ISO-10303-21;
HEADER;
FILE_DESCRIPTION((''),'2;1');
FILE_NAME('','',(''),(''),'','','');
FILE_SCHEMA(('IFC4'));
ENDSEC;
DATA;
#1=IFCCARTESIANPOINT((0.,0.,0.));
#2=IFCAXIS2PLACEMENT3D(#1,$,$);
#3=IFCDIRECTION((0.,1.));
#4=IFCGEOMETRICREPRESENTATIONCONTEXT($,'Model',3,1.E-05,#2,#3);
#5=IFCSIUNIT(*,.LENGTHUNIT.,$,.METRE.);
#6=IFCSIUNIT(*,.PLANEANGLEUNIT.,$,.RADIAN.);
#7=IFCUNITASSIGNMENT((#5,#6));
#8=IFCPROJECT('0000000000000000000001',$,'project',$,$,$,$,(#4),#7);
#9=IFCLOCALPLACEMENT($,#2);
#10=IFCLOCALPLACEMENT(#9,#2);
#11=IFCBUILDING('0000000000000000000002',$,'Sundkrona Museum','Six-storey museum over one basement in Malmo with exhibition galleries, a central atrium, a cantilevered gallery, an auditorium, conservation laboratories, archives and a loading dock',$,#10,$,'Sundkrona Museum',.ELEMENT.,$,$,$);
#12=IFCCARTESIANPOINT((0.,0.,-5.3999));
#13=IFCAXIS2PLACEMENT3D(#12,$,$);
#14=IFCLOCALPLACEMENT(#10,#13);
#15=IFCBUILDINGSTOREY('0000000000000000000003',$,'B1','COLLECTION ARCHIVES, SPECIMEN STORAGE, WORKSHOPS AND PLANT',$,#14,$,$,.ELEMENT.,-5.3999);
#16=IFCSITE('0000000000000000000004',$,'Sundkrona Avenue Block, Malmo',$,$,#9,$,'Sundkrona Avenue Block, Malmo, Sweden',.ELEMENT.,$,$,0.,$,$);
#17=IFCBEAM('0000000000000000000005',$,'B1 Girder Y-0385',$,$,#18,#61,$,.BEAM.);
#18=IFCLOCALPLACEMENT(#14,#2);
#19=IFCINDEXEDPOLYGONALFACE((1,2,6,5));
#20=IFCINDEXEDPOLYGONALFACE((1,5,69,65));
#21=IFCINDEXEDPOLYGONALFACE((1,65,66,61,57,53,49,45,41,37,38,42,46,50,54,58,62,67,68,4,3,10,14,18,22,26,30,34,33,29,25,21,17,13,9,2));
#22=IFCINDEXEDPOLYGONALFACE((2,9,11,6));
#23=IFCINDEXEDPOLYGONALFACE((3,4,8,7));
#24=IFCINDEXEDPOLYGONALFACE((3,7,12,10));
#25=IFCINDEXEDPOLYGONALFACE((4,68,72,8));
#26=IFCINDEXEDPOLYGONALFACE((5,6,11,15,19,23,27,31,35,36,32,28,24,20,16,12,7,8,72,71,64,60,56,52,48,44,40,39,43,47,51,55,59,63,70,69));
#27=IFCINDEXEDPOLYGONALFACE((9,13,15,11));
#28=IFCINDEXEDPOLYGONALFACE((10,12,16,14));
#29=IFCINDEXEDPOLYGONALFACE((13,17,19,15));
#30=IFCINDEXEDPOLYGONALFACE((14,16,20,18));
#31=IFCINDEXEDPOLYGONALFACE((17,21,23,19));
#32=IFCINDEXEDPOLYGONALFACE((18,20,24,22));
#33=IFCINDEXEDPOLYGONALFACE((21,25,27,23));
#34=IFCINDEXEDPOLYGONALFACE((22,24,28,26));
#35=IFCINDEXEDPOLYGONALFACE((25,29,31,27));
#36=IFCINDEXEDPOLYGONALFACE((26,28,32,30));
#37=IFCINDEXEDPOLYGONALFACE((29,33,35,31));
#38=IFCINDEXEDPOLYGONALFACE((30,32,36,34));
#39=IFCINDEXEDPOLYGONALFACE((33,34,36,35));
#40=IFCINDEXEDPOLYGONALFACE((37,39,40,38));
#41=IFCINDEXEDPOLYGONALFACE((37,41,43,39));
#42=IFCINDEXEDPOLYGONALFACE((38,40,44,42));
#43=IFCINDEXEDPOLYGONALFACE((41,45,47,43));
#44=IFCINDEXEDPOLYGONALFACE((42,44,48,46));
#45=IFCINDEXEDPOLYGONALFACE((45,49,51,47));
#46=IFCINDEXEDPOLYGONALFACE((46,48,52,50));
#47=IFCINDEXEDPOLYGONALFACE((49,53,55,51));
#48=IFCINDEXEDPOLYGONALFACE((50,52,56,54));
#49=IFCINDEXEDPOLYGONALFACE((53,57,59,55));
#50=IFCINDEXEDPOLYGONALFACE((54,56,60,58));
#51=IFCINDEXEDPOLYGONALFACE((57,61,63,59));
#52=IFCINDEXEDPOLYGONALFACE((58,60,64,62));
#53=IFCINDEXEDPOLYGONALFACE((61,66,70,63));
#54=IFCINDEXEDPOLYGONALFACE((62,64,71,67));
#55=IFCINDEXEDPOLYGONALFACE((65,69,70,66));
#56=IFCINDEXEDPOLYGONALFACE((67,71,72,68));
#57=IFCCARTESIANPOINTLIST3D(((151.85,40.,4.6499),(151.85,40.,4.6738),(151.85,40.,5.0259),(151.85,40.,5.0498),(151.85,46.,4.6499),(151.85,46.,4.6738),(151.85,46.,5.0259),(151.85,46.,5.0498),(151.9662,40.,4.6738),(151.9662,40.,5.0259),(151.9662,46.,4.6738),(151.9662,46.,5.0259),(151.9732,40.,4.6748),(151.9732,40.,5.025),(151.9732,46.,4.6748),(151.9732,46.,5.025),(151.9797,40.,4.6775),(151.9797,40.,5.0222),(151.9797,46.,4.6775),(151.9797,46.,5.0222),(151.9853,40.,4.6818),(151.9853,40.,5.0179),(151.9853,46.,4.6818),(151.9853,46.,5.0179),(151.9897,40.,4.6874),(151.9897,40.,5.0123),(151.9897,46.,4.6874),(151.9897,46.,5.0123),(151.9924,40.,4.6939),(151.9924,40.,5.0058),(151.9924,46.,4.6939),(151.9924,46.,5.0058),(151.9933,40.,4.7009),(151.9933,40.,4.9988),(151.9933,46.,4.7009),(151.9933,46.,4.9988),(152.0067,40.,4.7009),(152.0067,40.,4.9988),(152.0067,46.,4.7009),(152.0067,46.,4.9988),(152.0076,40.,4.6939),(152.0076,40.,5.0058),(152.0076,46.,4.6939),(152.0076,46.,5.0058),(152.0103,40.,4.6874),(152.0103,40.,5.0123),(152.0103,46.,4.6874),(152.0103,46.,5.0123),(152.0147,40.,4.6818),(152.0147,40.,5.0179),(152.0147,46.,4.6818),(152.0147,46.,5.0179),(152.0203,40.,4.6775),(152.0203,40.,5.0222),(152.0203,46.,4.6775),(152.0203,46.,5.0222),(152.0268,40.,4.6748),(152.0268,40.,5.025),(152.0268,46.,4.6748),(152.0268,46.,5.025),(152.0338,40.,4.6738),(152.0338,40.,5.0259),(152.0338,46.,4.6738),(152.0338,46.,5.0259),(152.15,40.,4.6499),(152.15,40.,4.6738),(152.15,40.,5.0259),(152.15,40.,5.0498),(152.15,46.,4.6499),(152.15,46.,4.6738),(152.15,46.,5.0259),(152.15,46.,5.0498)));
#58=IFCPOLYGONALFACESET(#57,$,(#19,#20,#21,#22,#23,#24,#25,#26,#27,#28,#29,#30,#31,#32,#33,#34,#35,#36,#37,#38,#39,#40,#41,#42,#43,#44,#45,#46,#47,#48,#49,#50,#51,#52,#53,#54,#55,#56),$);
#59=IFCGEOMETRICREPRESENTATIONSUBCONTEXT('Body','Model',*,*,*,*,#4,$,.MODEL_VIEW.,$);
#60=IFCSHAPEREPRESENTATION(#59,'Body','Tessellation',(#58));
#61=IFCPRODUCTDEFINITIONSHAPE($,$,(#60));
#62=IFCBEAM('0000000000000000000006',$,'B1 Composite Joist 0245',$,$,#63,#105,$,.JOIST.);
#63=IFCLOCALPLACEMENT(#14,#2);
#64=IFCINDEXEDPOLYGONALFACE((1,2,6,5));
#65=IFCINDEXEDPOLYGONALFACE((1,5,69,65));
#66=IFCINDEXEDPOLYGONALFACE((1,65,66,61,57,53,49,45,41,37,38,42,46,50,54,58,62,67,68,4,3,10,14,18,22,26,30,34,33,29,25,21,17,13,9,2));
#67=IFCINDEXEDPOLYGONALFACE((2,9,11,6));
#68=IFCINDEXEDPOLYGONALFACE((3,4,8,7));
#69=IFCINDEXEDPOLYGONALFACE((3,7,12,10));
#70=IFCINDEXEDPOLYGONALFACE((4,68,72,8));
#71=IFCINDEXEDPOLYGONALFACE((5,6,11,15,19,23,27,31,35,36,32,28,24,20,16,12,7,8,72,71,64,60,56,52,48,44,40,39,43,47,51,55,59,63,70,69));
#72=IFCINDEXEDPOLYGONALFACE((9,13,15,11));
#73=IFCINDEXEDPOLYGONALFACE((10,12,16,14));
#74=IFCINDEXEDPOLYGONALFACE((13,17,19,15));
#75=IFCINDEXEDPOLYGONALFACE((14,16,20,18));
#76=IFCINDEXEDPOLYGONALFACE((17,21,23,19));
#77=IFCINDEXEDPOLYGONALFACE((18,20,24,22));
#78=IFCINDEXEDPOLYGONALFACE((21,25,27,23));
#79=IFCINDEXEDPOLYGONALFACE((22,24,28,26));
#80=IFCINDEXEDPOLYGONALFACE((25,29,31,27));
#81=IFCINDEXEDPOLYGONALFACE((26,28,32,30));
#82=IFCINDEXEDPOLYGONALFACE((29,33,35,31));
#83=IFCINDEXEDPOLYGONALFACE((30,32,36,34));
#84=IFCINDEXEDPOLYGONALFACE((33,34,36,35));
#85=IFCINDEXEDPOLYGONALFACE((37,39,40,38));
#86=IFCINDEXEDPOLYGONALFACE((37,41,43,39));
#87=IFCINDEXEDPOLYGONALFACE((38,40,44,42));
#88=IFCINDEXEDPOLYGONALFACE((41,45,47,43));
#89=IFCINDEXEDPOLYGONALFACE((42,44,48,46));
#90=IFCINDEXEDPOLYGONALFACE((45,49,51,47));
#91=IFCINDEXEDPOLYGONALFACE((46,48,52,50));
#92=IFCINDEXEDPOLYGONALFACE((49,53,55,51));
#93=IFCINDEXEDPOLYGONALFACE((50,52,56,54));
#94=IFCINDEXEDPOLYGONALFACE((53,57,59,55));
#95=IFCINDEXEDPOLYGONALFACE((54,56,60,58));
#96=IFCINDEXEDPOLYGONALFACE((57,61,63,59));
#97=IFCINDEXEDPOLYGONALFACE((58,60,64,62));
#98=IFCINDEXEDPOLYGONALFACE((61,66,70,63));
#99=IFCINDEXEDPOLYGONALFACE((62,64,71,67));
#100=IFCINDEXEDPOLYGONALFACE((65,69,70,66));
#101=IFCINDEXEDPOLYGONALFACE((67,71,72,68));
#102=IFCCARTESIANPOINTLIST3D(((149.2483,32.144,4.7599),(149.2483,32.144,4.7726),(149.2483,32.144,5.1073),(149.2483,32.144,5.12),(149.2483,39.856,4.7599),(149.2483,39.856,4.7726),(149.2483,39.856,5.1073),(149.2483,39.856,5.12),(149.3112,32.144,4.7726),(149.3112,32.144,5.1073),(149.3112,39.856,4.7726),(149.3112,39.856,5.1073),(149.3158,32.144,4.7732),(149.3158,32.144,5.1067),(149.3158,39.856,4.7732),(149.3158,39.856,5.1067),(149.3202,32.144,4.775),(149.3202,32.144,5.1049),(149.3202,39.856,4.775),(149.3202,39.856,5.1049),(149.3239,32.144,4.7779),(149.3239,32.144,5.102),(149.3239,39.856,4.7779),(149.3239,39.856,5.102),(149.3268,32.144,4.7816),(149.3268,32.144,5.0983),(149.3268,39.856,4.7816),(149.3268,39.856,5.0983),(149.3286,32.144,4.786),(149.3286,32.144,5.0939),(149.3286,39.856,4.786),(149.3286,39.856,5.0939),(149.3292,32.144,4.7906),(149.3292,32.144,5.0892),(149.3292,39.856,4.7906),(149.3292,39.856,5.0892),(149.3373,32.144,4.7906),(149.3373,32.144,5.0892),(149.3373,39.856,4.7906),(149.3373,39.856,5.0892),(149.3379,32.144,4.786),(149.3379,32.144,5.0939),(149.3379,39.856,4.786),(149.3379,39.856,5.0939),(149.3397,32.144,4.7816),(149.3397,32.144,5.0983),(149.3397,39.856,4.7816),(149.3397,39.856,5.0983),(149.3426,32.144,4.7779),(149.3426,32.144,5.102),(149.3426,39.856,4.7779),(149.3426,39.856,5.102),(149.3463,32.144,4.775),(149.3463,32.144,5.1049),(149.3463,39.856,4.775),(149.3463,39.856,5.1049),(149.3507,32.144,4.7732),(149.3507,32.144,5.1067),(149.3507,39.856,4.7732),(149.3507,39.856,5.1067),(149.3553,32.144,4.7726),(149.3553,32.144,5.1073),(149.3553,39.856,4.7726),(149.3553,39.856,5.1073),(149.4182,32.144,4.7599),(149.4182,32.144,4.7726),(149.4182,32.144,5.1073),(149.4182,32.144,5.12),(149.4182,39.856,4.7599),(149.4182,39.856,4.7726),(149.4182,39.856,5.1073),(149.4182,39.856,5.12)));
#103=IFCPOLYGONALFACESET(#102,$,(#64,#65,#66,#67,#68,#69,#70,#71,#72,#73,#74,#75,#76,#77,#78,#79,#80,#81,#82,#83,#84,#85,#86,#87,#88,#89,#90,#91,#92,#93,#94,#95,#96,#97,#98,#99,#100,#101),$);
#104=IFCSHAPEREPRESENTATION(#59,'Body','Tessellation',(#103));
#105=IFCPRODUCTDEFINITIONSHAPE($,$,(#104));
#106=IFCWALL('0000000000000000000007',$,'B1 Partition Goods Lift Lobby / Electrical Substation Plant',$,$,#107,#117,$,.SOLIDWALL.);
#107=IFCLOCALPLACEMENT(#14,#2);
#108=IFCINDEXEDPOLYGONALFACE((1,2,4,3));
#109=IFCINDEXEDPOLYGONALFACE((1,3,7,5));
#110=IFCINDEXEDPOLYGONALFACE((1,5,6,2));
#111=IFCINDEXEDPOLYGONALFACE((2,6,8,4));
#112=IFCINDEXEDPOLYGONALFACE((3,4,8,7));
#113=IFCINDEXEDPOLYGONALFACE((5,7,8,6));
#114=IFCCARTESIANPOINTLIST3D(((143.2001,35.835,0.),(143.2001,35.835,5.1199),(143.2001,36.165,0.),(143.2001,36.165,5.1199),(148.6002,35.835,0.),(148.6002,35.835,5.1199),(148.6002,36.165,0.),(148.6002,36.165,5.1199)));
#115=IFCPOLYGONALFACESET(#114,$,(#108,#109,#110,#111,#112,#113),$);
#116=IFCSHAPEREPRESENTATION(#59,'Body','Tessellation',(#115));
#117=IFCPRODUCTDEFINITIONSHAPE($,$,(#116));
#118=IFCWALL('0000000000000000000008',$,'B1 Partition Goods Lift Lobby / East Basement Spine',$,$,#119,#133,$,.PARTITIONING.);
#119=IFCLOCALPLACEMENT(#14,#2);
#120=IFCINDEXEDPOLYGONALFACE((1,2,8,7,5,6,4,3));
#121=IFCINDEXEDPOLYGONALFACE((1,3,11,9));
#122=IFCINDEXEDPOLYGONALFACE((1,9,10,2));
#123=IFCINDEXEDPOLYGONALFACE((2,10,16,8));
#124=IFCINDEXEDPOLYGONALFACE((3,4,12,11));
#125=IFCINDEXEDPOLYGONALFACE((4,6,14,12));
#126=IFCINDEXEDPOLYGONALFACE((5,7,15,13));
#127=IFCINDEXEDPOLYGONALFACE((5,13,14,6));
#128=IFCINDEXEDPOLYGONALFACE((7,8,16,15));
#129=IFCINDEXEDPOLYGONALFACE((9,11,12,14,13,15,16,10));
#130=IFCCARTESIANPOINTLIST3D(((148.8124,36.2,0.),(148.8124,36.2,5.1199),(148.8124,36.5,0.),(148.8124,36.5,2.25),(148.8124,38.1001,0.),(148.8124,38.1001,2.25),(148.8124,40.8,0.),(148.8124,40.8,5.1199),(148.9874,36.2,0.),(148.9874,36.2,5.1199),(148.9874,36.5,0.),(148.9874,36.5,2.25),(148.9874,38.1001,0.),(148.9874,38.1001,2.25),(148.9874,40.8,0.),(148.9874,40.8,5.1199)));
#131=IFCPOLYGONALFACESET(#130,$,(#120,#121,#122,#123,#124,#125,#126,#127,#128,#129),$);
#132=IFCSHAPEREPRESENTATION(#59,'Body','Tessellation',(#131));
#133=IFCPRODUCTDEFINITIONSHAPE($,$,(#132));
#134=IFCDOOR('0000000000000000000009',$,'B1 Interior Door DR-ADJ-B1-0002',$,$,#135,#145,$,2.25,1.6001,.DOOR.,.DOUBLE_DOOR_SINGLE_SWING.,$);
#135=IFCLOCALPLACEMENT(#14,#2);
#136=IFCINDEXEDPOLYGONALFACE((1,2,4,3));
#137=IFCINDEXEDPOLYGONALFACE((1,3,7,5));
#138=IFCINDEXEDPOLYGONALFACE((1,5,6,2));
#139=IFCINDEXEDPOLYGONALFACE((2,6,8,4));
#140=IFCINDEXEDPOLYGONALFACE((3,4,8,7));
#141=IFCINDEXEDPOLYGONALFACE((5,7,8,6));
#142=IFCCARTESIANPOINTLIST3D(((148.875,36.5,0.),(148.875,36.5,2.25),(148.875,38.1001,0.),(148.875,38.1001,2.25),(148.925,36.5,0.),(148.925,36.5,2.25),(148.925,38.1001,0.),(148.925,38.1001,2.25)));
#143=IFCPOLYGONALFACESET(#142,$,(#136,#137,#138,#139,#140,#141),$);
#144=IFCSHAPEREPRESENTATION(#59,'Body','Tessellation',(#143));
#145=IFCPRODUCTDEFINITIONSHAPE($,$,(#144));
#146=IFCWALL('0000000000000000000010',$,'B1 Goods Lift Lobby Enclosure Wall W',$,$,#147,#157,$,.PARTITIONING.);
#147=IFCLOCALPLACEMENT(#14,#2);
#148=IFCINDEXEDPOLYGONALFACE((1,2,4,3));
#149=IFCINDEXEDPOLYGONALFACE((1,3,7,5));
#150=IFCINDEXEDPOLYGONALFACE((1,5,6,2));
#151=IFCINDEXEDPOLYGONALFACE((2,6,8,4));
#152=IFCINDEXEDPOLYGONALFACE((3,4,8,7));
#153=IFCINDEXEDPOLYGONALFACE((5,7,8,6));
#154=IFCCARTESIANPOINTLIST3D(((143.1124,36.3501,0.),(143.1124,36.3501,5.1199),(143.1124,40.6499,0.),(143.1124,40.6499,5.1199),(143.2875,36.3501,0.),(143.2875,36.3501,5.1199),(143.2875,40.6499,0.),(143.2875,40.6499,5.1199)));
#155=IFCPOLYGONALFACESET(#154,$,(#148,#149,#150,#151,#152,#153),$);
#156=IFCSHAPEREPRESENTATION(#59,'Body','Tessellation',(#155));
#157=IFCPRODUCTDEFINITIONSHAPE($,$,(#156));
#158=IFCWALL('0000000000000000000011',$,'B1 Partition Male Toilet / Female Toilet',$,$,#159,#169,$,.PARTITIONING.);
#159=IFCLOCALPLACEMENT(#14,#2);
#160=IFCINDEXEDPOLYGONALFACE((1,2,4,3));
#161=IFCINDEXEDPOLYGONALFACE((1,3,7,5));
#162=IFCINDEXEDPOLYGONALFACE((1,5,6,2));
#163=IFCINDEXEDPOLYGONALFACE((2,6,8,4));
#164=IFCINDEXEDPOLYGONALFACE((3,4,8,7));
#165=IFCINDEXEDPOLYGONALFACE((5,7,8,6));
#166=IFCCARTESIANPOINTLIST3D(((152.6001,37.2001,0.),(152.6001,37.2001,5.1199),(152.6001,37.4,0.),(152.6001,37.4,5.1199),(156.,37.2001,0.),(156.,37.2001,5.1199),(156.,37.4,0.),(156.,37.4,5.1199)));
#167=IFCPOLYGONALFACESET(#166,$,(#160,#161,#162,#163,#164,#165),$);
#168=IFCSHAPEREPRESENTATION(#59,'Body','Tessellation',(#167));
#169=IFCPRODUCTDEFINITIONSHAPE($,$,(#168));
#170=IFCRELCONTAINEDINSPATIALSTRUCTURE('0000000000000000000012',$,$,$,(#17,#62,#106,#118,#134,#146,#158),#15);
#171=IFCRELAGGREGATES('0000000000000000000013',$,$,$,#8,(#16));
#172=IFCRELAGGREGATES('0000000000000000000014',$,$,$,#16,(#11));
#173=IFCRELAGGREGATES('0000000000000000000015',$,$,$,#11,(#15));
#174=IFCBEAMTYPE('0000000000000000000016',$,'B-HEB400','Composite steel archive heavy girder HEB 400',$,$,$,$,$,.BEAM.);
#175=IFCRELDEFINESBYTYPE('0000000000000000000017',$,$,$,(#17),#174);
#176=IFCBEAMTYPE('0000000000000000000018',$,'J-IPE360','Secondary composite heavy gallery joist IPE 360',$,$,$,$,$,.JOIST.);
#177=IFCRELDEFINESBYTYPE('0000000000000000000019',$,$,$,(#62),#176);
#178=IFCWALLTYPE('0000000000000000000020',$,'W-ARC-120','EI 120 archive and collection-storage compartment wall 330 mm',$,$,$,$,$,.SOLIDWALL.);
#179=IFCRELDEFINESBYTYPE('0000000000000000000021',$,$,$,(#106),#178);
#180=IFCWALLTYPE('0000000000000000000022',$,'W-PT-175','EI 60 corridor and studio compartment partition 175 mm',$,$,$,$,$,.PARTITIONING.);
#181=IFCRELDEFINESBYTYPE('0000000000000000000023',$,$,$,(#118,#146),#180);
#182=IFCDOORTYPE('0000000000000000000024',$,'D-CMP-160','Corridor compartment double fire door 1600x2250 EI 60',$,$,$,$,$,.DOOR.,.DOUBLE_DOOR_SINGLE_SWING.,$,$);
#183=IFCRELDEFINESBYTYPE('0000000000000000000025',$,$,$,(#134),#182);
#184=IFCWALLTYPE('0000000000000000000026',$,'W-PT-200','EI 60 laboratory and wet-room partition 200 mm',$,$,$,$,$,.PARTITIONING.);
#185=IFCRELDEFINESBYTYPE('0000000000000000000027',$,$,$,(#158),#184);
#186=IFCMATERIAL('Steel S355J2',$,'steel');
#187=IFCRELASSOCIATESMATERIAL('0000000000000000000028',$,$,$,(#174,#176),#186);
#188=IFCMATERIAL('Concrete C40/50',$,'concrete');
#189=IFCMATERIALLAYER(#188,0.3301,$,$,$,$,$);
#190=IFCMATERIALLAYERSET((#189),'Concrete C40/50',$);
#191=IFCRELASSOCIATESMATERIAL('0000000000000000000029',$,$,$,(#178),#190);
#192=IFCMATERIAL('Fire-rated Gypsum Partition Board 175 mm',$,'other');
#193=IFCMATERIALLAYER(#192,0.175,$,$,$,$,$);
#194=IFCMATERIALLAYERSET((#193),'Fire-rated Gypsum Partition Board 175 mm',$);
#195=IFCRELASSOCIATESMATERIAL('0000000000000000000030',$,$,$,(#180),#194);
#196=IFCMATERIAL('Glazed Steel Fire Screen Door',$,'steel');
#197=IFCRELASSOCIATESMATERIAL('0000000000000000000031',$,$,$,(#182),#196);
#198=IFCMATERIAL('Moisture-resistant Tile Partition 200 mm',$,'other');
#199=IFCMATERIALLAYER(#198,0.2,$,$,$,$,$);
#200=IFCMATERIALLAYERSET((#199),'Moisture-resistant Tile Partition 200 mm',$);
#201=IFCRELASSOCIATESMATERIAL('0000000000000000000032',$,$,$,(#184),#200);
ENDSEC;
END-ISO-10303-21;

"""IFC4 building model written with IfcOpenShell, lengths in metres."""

from ifc_helpers import new_model, si_unit, direction, frame, frame_2d, origin, origin_2d, place, context, subcontext, project, spatial, rectangle, i_section, extrude, material, layer, layer_set, material_profile, profile_set, type_object, element, fill, save


model = new_model("IFC4")

# Units and contexts
model_context = context("Model", 3, precision=1e-05, world=origin(), true_north=direction((0.0, 1.0)))
body_context = subcontext(model_context, "Body", "Model", "MODEL_VIEW")
ifc_project = project(units=[si_unit("LENGTHUNIT", "METRE"), si_unit("PLANEANGLEUNIT", "RADIAN")], contexts=[model_context])

# Site, building, storey
site_placement = place(None, origin())
site = spatial("IfcSite", under=ifc_project, at=site_placement, Name="Sundkrona Avenue Block, Malmo", LongName="Sundkrona Avenue Block, Malmo, Sweden", CompositionType="ELEMENT", RefElevation=0.0)
building_placement = place(site_placement, origin())
building = spatial("IfcBuilding", under=site, at=building_placement, Name="Sundkrona Museum", Description="Six-storey museum over one basement in Malmo with exhibition galleries, a central atrium, a cantilevered gallery, an auditorium, conservation laboratories, archives and a loading dock", LongName="Sundkrona Museum", CompositionType="ELEMENT")
storey_placement = place(building_placement, frame((0.0, 0.0, -5.3999)))
storey = spatial("IfcBuildingStorey", under=building, at=storey_placement, Name="B1", Description="COLLECTION ARCHIVES, SPECIMEN STORAGE, WORKSHOPS AND PLANT", CompositionType="ELEMENT", Elevation=-5.3999)

# Shared definitions
ifc_material_1 = material(Name="Concrete C40/50", Category="concrete")

# Beams
ifc_material_2 = material(Name="Steel S355J2", Category="steel")
ifc_material_profile_1 = material_profile(ifc_material_2, i_section(OverallWidth=0.3, OverallDepth=0.3999, WebThickness=0.0134, FlangeThickness=0.0239, FilletRadius=0.0271, at=origin_2d()), Name="HEB 400")
ifc_profile_set_1 = profile_set([ifc_material_profile_1], Name="Steel S355J2")
beam_type_1 = type_object("IfcBeamType", Name="B-HEB400", Description="Composite steel archive heavy girder HEB 400", PredefinedType="BEAM", material=ifc_profile_set_1)
for number, where, z_axis, x_axis, name in (
    (1, (152.0, 40.0, 4.8499), (0.0, 1.0, 0.0), (-1.0, 0.0, 0.0), "B1 Girder Y-0385"),
):
    element("IfcBeam", number, at=place(storey_placement, frame(where, z_axis=z_axis, x_axis=x_axis)), inside=storey, type_object=beam_type_1, Name=name, PredefinedType="BEAM", context=body_context, shape_type="SweptSolid", body=[
        extrude(i_section(OverallWidth=0.3, OverallDepth=0.3999, WebThickness=0.0134, FlangeThickness=0.0239, FilletRadius=0.0271, at=origin_2d()), origin(), (0.0, 0.0, 1.0), 6.0),
    ])
ifc_material_profile_2 = material_profile(ifc_material_2, i_section(OverallWidth=0.1699, OverallDepth=0.3601, WebThickness=0.0081, FlangeThickness=0.0127, FilletRadius=0.0181, at=origin_2d()), Name="IPE 360")
ifc_profile_set_2 = profile_set([ifc_material_profile_2], Name="Steel S355J2")
beam_type_2 = type_object("IfcBeamType", Name="J-IPE360", Description="Secondary composite heavy gallery joist IPE 360", PredefinedType="JOIST", material=ifc_profile_set_2)
beam_1_placement = place(storey_placement, frame((149.3333, 32.144, 4.9399), z_axis=(0.0, 1.0, 0.0), x_axis=(-1.0, 0.0, 0.0)))
element("IfcBeam", 2, at=beam_1_placement, inside=storey, type_object=beam_type_2, Name="B1 Composite Joist 0245", PredefinedType="JOIST", context=body_context, shape_type="SweptSolid", body=[
    extrude(i_section(OverallWidth=0.1699, OverallDepth=0.3601, WebThickness=0.0081, FlangeThickness=0.0127, FilletRadius=0.0181, at=origin_2d()), origin(), (0.0, 0.0, 1.0), 7.7119),
])

# Wall
ifc_layer_1 = layer(ifc_material_1, 0.3301)
ifc_layer_set_1 = layer_set([ifc_layer_1], Name="Concrete C40/50")
wall_type_1 = type_object("IfcWallType", Name="W-ARC-120", Description="EI 120 archive and collection-storage compartment wall 330 mm", PredefinedType="SOLIDWALL", material=ifc_layer_set_1)
wall_1_placement = place(storey_placement, frame((143.2, 36.0, 0.0), z_axis=(0.0, 0.0, 1.0), x_axis=(1.0, 0.0, 0.0)))
element("IfcWall", 3, at=wall_1_placement, inside=storey, type_object=wall_type_1, Name="B1 Partition Goods Lift Lobby / Electrical Substation Plant", PredefinedType="SOLIDWALL", context=body_context, shape_type="SweptSolid", body=[
    extrude(rectangle(XDim=5.4001, YDim=0.3301, at=frame_2d((2.7002, 0.0))), origin(), (0.0, 0.0, 1.0), 5.1199),
])

# Wall, opening, door
ifc_material_3 = material(Name="Fire-rated Gypsum Partition Board 175 mm", Category="other")
ifc_layer_2 = layer(ifc_material_3, 0.175)
ifc_layer_set_2 = layer_set([ifc_layer_2], Name="Fire-rated Gypsum Partition Board 175 mm")
wall_type_2 = type_object("IfcWallType", Name="W-PT-175", Description="EI 60 corridor and studio compartment partition 175 mm", PredefinedType="PARTITIONING", material=ifc_layer_set_2)
wall_2_placement = place(storey_placement, frame((148.8999, 36.2, 0.0), z_axis=(0.0, 0.0, 1.0), x_axis=(0.0, 1.0, 0.0)))
wall_2 = element("IfcWall", 4, at=wall_2_placement, inside=storey, type_object=wall_type_2, Name="B1 Partition Goods Lift Lobby / East Basement Spine", PredefinedType="PARTITIONING", context=body_context, shape_type="SweptSolid", body=[
    extrude(rectangle(XDim=4.6001, YDim=0.175, at=frame_2d((2.3, 0.0))), origin(), (0.0, 0.0, 1.0), 5.1199),
])
opening_1_placement = place(wall_2_placement, frame((0.3, 0.0, 0.0)))
opening_1 = element("IfcOpeningElement", 5, at=opening_1_placement, cuts=wall_2, PredefinedType="OPENING", context=body_context, shape_type="SweptSolid", body=[
    extrude(rectangle(XDim=1.6001, YDim=2.25, at=frame_2d((0.8, 1.125))), frame((0.0, 0.0974, 0.0), z_axis=(0.0, -1.0, 0.0), x_axis=(1.0, 0.0, 0.0)), (0.0, 0.0, 1.0), 0.1951),
])
ifc_material_4 = material(Name="Glazed Steel Fire Screen Door", Category="steel")
door_type_1 = type_object("IfcDoorType", Name="D-CMP-160", Description="Corridor compartment double fire door 1600x2250 EI 60", OperationType="DOUBLE_DOOR_SINGLE_SWING", PredefinedType="DOOR", material=ifc_material_4)
door_1_placement = place(opening_1_placement, origin())
door_1 = element("IfcDoor", 6, at=door_1_placement, inside=storey, type_object=door_type_1, Name="B1 Interior Door DR-ADJ-B1-0002", OperationType="DOUBLE_DOOR_SINGLE_SWING", OverallHeight=2.25, OverallWidth=1.6001, PredefinedType="DOOR", context=body_context, shape_type="SweptSolid", body=[
    extrude(rectangle(XDim=1.6001, YDim=2.25, at=frame_2d((0.8, 1.125))), frame((0.0, 0.0249, 0.0), z_axis=(0.0, -1.0, 0.0), x_axis=(1.0, 0.0, 0.0)), (0.0, 0.0, 1.0), 0.05),
])
fill(opening_1, door_1)

# Walls
wall_3_placement = place(storey_placement, frame((143.2, 36.3501, 0.0), z_axis=(0.0, 0.0, 1.0), x_axis=(0.0, 1.0, 0.0)))
element("IfcWall", 7, at=wall_3_placement, inside=storey, type_object=wall_type_2, Name="B1 Goods Lift Lobby Enclosure Wall W", PredefinedType="PARTITIONING", context=body_context, shape_type="SweptSolid", body=[
    extrude(rectangle(XDim=4.2998, YDim=0.175, at=frame_2d((2.1499, 0.0))), origin(), (0.0, 0.0, 1.0), 5.1199),
])
ifc_material_5 = material(Name="Moisture-resistant Tile Partition 200 mm", Category="other")
ifc_layer_3 = layer(ifc_material_5, 0.2)
ifc_layer_set_3 = layer_set([ifc_layer_3], Name="Moisture-resistant Tile Partition 200 mm")
wall_type_3 = type_object("IfcWallType", Name="W-PT-200", Description="EI 60 laboratory and wet-room partition 200 mm", PredefinedType="PARTITIONING", material=ifc_layer_set_3)
wall_4_placement = place(storey_placement, frame((152.6001, 37.3, 0.0), z_axis=(0.0, 0.0, 1.0), x_axis=(1.0, 0.0, 0.0)))
element("IfcWall", 8, at=wall_4_placement, inside=storey, type_object=wall_type_3, Name="B1 Partition Male Toilet / Female Toilet", PredefinedType="PARTITIONING", context=body_context, shape_type="SweptSolid", body=[
    extrude(rectangle(XDim=3.3999, YDim=0.2, at=frame_2d((1.7, 0.0))), origin(), (0.0, 0.0, 1.0), 5.1199),
])

save(model, "model.ifc")
